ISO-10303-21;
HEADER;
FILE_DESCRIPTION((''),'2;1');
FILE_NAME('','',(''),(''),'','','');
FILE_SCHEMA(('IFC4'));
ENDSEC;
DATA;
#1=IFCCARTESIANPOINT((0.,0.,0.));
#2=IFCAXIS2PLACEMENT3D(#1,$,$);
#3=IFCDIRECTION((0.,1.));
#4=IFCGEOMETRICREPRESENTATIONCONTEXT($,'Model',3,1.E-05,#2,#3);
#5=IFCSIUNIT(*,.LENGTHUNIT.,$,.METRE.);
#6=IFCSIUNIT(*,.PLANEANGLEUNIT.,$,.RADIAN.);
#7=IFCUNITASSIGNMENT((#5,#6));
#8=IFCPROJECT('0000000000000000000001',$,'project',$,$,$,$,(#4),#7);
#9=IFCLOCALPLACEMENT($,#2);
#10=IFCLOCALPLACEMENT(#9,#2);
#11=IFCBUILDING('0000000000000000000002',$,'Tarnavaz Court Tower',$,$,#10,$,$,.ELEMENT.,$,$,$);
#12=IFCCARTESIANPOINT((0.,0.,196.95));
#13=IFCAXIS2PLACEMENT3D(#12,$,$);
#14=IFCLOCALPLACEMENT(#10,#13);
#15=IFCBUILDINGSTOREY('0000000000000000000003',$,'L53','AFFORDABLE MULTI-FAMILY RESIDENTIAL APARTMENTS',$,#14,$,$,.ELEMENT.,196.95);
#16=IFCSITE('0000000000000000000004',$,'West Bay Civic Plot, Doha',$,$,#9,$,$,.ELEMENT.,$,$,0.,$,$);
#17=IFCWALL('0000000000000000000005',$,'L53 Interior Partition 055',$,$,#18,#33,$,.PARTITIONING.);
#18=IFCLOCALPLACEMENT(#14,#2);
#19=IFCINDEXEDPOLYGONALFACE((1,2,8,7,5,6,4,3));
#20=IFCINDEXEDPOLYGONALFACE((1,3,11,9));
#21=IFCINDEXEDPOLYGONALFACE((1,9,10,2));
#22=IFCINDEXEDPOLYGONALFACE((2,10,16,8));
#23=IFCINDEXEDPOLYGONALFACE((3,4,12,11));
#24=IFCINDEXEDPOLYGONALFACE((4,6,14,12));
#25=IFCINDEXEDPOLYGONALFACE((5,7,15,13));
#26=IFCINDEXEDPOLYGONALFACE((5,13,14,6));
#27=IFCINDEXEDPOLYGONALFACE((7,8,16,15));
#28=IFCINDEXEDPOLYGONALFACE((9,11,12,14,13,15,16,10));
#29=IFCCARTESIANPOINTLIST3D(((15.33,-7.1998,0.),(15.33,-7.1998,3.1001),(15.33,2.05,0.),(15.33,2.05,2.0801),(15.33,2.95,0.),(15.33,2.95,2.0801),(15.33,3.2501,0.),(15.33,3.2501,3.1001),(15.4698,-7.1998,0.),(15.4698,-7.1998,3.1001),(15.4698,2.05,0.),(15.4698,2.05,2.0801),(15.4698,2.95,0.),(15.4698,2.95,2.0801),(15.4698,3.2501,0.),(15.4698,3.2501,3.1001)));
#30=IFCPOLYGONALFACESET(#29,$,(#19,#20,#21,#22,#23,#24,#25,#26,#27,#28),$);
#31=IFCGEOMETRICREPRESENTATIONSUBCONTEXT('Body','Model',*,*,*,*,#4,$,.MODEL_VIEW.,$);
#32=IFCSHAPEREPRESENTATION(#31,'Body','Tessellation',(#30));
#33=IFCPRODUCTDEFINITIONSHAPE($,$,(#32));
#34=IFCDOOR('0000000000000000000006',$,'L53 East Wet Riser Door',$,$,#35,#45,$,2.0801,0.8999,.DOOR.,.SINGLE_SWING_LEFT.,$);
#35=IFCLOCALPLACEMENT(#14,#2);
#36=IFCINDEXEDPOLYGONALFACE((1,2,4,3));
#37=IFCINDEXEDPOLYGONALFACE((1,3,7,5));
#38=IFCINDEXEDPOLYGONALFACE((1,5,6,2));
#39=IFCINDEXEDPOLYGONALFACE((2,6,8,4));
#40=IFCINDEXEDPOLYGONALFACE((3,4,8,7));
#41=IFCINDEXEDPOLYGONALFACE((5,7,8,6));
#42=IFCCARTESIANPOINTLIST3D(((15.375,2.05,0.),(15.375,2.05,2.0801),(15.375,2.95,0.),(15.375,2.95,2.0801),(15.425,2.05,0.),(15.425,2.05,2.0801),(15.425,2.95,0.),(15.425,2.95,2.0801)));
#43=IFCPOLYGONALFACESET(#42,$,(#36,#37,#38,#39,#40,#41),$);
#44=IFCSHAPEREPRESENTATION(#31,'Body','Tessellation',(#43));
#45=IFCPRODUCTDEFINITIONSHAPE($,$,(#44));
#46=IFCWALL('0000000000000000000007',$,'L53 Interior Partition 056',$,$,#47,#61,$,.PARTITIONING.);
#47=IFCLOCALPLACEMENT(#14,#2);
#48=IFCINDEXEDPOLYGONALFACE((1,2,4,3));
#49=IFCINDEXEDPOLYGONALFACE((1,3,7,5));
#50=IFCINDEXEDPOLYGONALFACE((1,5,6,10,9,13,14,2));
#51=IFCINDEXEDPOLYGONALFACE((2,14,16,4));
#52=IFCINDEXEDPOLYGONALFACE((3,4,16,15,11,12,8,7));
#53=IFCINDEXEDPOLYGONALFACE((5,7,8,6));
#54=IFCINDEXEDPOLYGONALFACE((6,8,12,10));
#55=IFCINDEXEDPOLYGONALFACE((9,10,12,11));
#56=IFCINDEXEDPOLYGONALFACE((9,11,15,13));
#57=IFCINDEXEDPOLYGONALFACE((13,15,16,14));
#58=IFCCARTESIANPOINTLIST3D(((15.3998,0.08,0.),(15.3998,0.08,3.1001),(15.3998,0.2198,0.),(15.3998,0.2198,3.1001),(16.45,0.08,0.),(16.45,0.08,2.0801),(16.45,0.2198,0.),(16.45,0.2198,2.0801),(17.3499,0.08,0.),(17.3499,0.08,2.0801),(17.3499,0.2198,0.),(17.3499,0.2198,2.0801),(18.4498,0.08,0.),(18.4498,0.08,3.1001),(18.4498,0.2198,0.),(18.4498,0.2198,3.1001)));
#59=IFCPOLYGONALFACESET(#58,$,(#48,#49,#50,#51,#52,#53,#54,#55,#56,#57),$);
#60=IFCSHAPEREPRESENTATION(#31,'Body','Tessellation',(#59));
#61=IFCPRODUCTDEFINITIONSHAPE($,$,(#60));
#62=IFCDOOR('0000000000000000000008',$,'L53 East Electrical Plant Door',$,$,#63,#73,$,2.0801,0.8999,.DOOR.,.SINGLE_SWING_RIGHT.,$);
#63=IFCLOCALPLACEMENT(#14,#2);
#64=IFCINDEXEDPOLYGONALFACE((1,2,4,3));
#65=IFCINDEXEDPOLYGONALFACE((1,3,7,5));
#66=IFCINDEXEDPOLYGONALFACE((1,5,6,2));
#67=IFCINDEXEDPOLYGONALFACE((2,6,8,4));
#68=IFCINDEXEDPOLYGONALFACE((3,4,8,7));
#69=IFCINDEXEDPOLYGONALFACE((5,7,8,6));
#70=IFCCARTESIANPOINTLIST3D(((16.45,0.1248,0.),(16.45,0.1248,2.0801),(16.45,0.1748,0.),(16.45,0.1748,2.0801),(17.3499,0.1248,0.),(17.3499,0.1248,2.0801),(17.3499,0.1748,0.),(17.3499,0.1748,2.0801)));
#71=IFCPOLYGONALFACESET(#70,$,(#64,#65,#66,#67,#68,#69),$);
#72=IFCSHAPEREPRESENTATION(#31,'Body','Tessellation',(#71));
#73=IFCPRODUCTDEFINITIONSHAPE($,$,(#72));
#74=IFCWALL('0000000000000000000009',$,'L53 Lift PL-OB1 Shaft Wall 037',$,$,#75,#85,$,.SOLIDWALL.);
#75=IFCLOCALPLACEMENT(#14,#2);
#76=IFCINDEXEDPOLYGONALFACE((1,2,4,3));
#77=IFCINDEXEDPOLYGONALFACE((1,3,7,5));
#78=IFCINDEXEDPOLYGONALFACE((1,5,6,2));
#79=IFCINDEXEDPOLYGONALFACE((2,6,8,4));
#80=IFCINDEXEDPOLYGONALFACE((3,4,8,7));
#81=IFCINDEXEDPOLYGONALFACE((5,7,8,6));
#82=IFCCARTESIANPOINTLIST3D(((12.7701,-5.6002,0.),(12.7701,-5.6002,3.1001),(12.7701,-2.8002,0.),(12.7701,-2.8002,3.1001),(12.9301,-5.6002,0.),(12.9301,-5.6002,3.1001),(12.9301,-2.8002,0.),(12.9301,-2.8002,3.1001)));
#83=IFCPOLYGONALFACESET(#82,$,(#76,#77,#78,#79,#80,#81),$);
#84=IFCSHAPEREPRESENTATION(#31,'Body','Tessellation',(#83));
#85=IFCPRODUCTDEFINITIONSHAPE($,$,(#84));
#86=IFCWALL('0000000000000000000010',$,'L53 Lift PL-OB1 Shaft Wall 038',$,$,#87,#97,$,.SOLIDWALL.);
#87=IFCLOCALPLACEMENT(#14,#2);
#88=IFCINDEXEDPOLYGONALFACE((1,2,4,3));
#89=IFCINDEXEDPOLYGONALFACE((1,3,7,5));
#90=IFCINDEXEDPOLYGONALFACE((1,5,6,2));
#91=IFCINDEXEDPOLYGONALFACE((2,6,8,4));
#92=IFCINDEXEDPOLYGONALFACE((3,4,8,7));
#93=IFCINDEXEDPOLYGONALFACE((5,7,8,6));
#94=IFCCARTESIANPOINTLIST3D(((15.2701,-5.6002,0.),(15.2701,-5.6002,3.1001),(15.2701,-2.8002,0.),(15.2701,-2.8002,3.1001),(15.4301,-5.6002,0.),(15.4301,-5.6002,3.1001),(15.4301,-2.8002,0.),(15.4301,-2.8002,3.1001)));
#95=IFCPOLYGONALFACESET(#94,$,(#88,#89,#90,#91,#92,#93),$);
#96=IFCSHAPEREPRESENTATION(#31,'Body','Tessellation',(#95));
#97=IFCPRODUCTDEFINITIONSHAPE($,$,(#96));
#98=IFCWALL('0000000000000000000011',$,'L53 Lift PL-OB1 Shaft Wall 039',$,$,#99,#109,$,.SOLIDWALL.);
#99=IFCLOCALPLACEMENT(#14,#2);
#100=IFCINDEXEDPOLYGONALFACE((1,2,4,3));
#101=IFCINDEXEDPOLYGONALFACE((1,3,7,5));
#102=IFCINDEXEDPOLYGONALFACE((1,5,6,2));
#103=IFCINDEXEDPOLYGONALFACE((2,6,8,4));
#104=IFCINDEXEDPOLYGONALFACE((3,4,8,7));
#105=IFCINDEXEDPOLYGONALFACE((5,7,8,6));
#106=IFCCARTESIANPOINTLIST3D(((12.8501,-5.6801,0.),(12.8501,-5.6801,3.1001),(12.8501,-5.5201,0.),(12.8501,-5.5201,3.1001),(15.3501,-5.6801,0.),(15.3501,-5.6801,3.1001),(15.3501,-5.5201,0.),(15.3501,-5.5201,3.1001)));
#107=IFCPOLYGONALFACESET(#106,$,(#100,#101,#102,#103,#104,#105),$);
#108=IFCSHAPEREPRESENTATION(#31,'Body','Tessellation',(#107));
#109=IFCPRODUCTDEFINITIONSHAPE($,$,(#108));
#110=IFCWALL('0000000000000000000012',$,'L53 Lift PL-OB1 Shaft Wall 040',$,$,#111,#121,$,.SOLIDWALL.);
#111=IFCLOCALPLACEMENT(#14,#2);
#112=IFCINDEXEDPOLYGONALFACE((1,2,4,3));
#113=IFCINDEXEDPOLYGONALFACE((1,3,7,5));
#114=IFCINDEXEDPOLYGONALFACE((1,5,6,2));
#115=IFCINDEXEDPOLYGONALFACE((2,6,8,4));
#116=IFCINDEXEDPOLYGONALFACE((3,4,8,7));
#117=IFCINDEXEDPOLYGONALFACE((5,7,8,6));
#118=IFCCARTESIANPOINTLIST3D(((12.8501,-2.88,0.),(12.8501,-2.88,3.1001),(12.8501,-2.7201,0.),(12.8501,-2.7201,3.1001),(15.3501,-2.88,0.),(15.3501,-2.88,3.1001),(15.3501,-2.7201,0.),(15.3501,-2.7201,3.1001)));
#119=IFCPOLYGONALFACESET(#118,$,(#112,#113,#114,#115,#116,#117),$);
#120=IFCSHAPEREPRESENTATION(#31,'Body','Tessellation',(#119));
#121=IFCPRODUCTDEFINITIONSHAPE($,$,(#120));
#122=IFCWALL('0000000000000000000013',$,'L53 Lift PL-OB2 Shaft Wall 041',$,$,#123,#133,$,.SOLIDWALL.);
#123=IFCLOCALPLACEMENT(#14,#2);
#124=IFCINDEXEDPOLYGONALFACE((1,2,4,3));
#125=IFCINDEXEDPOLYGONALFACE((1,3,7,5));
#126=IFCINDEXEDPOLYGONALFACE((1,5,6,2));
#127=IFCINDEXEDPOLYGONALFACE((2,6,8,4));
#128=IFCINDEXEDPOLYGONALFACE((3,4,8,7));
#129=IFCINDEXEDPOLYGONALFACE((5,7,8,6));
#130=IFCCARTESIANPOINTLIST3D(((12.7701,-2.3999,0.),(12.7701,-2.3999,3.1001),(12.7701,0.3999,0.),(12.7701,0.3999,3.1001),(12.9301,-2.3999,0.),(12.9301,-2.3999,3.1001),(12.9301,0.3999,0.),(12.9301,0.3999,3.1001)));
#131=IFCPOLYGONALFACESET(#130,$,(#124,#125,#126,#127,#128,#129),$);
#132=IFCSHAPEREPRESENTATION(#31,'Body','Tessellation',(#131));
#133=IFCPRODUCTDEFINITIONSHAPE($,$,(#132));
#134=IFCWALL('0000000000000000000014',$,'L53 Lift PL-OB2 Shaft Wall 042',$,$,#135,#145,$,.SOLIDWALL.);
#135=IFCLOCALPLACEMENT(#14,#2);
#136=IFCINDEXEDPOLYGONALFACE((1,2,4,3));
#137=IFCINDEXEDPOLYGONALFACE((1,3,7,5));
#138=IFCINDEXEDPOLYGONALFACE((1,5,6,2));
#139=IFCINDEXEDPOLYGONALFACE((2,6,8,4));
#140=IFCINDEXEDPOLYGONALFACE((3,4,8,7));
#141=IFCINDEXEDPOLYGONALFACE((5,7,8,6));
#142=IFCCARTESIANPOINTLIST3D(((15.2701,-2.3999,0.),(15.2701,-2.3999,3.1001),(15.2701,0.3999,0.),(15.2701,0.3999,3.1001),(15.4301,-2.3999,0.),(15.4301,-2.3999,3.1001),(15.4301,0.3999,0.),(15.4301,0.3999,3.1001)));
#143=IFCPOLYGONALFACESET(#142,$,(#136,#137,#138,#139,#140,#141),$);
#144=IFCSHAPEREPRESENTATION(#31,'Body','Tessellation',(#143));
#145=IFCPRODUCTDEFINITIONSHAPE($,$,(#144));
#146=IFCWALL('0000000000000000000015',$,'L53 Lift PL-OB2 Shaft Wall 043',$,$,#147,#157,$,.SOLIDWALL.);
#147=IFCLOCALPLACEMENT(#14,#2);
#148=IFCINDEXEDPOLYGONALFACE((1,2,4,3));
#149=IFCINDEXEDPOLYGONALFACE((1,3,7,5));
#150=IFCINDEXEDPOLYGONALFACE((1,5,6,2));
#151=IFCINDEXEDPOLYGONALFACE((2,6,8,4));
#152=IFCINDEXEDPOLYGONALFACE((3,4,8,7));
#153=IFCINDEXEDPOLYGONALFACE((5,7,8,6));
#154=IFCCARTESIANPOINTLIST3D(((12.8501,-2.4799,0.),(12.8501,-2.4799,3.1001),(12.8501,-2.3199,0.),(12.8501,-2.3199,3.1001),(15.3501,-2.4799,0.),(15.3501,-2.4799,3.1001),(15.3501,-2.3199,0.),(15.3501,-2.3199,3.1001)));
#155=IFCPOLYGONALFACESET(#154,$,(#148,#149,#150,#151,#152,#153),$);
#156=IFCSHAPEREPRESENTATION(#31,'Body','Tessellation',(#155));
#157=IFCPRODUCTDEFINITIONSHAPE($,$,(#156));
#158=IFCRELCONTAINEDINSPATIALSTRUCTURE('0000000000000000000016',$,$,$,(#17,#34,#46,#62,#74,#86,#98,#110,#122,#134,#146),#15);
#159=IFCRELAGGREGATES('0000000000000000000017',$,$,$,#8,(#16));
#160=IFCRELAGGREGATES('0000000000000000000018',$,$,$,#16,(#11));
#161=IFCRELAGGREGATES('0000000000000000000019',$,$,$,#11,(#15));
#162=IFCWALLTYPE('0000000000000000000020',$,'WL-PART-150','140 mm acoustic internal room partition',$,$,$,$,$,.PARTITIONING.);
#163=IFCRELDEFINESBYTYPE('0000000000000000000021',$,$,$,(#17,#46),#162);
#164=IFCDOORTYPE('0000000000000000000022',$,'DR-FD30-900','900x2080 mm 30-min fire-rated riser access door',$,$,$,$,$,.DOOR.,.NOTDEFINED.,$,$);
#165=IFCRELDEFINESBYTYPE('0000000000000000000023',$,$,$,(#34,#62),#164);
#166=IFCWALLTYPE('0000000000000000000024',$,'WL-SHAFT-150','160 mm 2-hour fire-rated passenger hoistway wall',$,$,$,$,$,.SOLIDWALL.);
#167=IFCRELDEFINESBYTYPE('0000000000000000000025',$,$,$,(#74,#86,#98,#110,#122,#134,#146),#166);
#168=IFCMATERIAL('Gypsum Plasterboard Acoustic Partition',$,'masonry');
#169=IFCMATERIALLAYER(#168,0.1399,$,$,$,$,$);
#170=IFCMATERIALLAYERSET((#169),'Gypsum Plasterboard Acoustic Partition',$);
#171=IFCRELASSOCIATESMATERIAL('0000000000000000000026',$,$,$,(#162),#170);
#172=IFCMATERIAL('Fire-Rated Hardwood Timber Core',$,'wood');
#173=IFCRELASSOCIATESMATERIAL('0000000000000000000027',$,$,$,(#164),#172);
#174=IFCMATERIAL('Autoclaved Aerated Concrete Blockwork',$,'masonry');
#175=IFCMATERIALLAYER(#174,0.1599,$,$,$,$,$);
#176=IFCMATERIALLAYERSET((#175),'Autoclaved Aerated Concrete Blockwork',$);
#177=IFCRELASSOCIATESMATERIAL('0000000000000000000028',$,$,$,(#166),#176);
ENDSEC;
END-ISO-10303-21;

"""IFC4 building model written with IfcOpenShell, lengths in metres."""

from ifc_helpers import new_model, si_unit, direction, frame, frame_2d, origin, place, context, subcontext, project, spatial, rectangle, extrude, material, layer, layer_set, type_object, element, fill, save


model = new_model("IFC4")

# Units and contexts
model_context = context("Model", 3, precision=1e-05, world=origin(), true_north=direction((0.0, 1.0)))
body_context = subcontext(model_context, "Body", "Model", "MODEL_VIEW")
ifc_project = project(units=[si_unit("LENGTHUNIT", "METRE"), si_unit("PLANEANGLEUNIT", "RADIAN")], contexts=[model_context])

# Site, building, storey
site_placement = place(None, origin())
site = spatial("IfcSite", under=ifc_project, at=site_placement, Name="West Bay Civic Plot, Doha", CompositionType="ELEMENT", RefElevation=0.0)
building_placement = place(site_placement, origin())
building = spatial("IfcBuilding", under=site, at=building_placement, Name="Tarnavaz Court Tower", CompositionType="ELEMENT")
storey_placement = place(building_placement, frame((0.0, 0.0, 196.95)))
storey = spatial("IfcBuildingStorey", under=building, at=storey_placement, Name="L53", Description="AFFORDABLE MULTI-FAMILY RESIDENTIAL APARTMENTS", CompositionType="ELEMENT", Elevation=196.95)

# Walls, openings, doors
ifc_material_1 = material(Name="Gypsum Plasterboard Acoustic Partition", Category="masonry")
ifc_layer_1 = layer(ifc_material_1, 0.1399)
ifc_layer_set_1 = layer_set([ifc_layer_1], Name="Gypsum Plasterboard Acoustic Partition")
wall_type_1 = type_object("IfcWallType", Name="WL-PART-150", Description="140 mm acoustic internal room partition", PredefinedType="PARTITIONING", material=ifc_layer_set_1)
wall_1_placement = place(storey_placement, frame((15.3999, -7.2, 0.0), z_axis=(0.0, 0.0, 1.0), x_axis=(0.0, 1.0, 0.0)))
wall_1 = element("IfcWall", 1, at=wall_1_placement, inside=storey, type_object=wall_type_1, Name="L53 Interior Partition 055", PredefinedType="PARTITIONING", context=body_context, shape_type="SweptSolid", body=[
    extrude(rectangle(XDim=10.45, YDim=0.1399, at=frame_2d((5.2251, 0.0))), origin(), (0.0, 0.0, 1.0), 3.1001),
])
opening_1_placement = place(wall_1_placement, frame((9.25, 0.0, 0.0)))
opening_1 = element("IfcOpeningElement", 2, at=opening_1_placement, cuts=wall_1, PredefinedType="OPENING", context=body_context, shape_type="SweptSolid", body=[
    extrude(rectangle(XDim=0.8999, YDim=2.0801, at=frame_2d((0.45, 1.04))), frame((0.0, 0.0798, 0.0), z_axis=(0.0, -1.0, 0.0), x_axis=(1.0, 0.0, 0.0)), (0.0, 0.0, 1.0), 0.1599),
])
ifc_material_2 = material(Name="Fire-Rated Hardwood Timber Core", Category="wood")
door_type = type_object("IfcDoorType", Name="DR-FD30-900", Description="900x2080 mm 30-min fire-rated riser access door", OperationType="NOTDEFINED", PredefinedType="DOOR", material=ifc_material_2)
door_1_placement = place(opening_1_placement, origin())
door_1 = element("IfcDoor", 3, at=door_1_placement, inside=storey, type_object=door_type, Name="L53 East Wet Riser Door", OperationType="SINGLE_SWING_LEFT", OverallHeight=2.0801, OverallWidth=0.8999, PredefinedType="DOOR", context=body_context, shape_type="SweptSolid", body=[
    extrude(rectangle(XDim=0.8999, YDim=2.0801, at=frame_2d((0.45, 1.04))), frame((0.0, 0.0249, 0.0), z_axis=(0.0, -1.0, 0.0), x_axis=(1.0, 0.0, 0.0)), (0.0, 0.0, 1.0), 0.05),
])
fill(opening_1, door_1)
wall_2_placement = place(storey_placement, frame((15.3999, 0.1499, 0.0), z_axis=(0.0, 0.0, 1.0), x_axis=(1.0, 0.0, 0.0)))
wall_2 = element("IfcWall", 4, at=wall_2_placement, inside=storey, type_object=wall_type_1, Name="L53 Interior Partition 056", PredefinedType="PARTITIONING", context=body_context, shape_type="SweptSolid", body=[
    extrude(rectangle(XDim=3.05, YDim=0.1399, at=frame_2d((1.5249, 0.0))), origin(), (0.0, 0.0, 1.0), 3.1001),
])
opening_2_placement = place(wall_2_placement, frame((1.05, 0.0, 0.0)))
opening_2 = element("IfcOpeningElement", 5, at=opening_2_placement, cuts=wall_2, PredefinedType="OPENING", context=body_context, shape_type="SweptSolid", body=[
    extrude(rectangle(XDim=0.8999, YDim=2.0801, at=frame_2d((0.45, 1.04))), frame((0.0, 0.0798, 0.0), z_axis=(0.0, -1.0, 0.0), x_axis=(1.0, 0.0, 0.0)), (0.0, 0.0, 1.0), 0.1599),
])
door_2_placement = place(opening_2_placement, origin())
door_2 = element("IfcDoor", 6, at=door_2_placement, inside=storey, type_object=door_type, Name="L53 East Electrical Plant Door", OperationType="SINGLE_SWING_RIGHT", OverallHeight=2.0801, OverallWidth=0.8999, PredefinedType="DOOR", context=body_context, shape_type="SweptSolid", body=[
    extrude(rectangle(XDim=0.8999, YDim=2.0801, at=frame_2d((0.45, 1.04))), frame((0.0, 0.0249, 0.0), z_axis=(0.0, -1.0, 0.0), x_axis=(1.0, 0.0, 0.0)), (0.0, 0.0, 1.0), 0.05),
])
fill(opening_2, door_2)

# Walls
ifc_material_3 = material(Name="Autoclaved Aerated Concrete Blockwork", Category="masonry")
ifc_layer_2 = layer(ifc_material_3, 0.1599)
ifc_layer_set_2 = layer_set([ifc_layer_2], Name="Autoclaved Aerated Concrete Blockwork")
wall_type_2 = type_object("IfcWallType", Name="WL-SHAFT-150", Description="160 mm 2-hour fire-rated passenger hoistway wall", PredefinedType="SOLIDWALL", material=ifc_layer_set_2)
for number, where, z_axis, x_axis, name in (
    (7, (12.8501, -5.6001, 0.0), (0.0, 0.0, 1.0), (0.0, 1.0, 0.0), "L53 Lift PL-OB1 Shaft Wall 037"),
    (8, (15.3501, -5.6001, 0.0), (0.0, 0.0, 1.0), (0.0, 1.0, 0.0), "L53 Lift PL-OB1 Shaft Wall 038"),
):
    element("IfcWall", number, at=place(storey_placement, frame(where, z_axis=z_axis, x_axis=x_axis)), inside=storey, type_object=wall_type_2, Name=name, PredefinedType="SOLIDWALL", context=body_context, shape_type="SweptSolid", body=[
        extrude(rectangle(XDim=2.8, YDim=0.1599, at=frame_2d((1.3999, 0.0))), origin(), (0.0, 0.0, 1.0), 3.1001),
    ])
for number, where, z_axis, x_axis, name in (
    (9, (12.8501, -5.6001, 0.0), (0.0, 0.0, 1.0), (1.0, 0.0, 0.0), "L53 Lift PL-OB1 Shaft Wall 039"),
    (10, (12.8501, -2.8, 0.0), (0.0, 0.0, 1.0), (1.0, 0.0, 0.0), "L53 Lift PL-OB1 Shaft Wall 040"),
):
    element("IfcWall", number, at=place(storey_placement, frame(where, z_axis=z_axis, x_axis=x_axis)), inside=storey, type_object=wall_type_2, Name=name, PredefinedType="SOLIDWALL", context=body_context, shape_type="SweptSolid", body=[
        extrude(rectangle(XDim=2.5, YDim=0.1599, at=frame_2d((1.25, 0.0))), origin(), (0.0, 0.0, 1.0), 3.1001),
    ])
for number, where, z_axis, x_axis, name in (
    (11, (12.8501, -2.3999, 0.0), (0.0, 0.0, 1.0), (0.0, 1.0, 0.0), "L53 Lift PL-OB2 Shaft Wall 041"),
    (12, (15.3501, -2.3999, 0.0), (0.0, 0.0, 1.0), (0.0, 1.0, 0.0), "L53 Lift PL-OB2 Shaft Wall 042"),
):
    element("IfcWall", number, at=place(storey_placement, frame(where, z_axis=z_axis, x_axis=x_axis)), inside=storey, type_object=wall_type_2, Name=name, PredefinedType="SOLIDWALL", context=body_context, shape_type="SweptSolid", body=[
        extrude(rectangle(XDim=2.7998, YDim=0.1599, at=frame_2d((1.3999, 0.0))), origin(), (0.0, 0.0, 1.0), 3.1001),
    ])
wall_3_placement = place(storey_placement, frame((12.8501, -2.3999, 0.0), z_axis=(0.0, 0.0, 1.0), x_axis=(1.0, 0.0, 0.0)))
element("IfcWall", 13, at=wall_3_placement, inside=storey, type_object=wall_type_2, Name="L53 Lift PL-OB2 Shaft Wall 043", PredefinedType="SOLIDWALL", context=body_context, shape_type="SweptSolid", body=[
    extrude(rectangle(XDim=2.5, YDim=0.1599, at=frame_2d((1.25, 0.0))), origin(), (0.0, 0.0, 1.0), 3.1001),
])

save(model, "model.ifc")
